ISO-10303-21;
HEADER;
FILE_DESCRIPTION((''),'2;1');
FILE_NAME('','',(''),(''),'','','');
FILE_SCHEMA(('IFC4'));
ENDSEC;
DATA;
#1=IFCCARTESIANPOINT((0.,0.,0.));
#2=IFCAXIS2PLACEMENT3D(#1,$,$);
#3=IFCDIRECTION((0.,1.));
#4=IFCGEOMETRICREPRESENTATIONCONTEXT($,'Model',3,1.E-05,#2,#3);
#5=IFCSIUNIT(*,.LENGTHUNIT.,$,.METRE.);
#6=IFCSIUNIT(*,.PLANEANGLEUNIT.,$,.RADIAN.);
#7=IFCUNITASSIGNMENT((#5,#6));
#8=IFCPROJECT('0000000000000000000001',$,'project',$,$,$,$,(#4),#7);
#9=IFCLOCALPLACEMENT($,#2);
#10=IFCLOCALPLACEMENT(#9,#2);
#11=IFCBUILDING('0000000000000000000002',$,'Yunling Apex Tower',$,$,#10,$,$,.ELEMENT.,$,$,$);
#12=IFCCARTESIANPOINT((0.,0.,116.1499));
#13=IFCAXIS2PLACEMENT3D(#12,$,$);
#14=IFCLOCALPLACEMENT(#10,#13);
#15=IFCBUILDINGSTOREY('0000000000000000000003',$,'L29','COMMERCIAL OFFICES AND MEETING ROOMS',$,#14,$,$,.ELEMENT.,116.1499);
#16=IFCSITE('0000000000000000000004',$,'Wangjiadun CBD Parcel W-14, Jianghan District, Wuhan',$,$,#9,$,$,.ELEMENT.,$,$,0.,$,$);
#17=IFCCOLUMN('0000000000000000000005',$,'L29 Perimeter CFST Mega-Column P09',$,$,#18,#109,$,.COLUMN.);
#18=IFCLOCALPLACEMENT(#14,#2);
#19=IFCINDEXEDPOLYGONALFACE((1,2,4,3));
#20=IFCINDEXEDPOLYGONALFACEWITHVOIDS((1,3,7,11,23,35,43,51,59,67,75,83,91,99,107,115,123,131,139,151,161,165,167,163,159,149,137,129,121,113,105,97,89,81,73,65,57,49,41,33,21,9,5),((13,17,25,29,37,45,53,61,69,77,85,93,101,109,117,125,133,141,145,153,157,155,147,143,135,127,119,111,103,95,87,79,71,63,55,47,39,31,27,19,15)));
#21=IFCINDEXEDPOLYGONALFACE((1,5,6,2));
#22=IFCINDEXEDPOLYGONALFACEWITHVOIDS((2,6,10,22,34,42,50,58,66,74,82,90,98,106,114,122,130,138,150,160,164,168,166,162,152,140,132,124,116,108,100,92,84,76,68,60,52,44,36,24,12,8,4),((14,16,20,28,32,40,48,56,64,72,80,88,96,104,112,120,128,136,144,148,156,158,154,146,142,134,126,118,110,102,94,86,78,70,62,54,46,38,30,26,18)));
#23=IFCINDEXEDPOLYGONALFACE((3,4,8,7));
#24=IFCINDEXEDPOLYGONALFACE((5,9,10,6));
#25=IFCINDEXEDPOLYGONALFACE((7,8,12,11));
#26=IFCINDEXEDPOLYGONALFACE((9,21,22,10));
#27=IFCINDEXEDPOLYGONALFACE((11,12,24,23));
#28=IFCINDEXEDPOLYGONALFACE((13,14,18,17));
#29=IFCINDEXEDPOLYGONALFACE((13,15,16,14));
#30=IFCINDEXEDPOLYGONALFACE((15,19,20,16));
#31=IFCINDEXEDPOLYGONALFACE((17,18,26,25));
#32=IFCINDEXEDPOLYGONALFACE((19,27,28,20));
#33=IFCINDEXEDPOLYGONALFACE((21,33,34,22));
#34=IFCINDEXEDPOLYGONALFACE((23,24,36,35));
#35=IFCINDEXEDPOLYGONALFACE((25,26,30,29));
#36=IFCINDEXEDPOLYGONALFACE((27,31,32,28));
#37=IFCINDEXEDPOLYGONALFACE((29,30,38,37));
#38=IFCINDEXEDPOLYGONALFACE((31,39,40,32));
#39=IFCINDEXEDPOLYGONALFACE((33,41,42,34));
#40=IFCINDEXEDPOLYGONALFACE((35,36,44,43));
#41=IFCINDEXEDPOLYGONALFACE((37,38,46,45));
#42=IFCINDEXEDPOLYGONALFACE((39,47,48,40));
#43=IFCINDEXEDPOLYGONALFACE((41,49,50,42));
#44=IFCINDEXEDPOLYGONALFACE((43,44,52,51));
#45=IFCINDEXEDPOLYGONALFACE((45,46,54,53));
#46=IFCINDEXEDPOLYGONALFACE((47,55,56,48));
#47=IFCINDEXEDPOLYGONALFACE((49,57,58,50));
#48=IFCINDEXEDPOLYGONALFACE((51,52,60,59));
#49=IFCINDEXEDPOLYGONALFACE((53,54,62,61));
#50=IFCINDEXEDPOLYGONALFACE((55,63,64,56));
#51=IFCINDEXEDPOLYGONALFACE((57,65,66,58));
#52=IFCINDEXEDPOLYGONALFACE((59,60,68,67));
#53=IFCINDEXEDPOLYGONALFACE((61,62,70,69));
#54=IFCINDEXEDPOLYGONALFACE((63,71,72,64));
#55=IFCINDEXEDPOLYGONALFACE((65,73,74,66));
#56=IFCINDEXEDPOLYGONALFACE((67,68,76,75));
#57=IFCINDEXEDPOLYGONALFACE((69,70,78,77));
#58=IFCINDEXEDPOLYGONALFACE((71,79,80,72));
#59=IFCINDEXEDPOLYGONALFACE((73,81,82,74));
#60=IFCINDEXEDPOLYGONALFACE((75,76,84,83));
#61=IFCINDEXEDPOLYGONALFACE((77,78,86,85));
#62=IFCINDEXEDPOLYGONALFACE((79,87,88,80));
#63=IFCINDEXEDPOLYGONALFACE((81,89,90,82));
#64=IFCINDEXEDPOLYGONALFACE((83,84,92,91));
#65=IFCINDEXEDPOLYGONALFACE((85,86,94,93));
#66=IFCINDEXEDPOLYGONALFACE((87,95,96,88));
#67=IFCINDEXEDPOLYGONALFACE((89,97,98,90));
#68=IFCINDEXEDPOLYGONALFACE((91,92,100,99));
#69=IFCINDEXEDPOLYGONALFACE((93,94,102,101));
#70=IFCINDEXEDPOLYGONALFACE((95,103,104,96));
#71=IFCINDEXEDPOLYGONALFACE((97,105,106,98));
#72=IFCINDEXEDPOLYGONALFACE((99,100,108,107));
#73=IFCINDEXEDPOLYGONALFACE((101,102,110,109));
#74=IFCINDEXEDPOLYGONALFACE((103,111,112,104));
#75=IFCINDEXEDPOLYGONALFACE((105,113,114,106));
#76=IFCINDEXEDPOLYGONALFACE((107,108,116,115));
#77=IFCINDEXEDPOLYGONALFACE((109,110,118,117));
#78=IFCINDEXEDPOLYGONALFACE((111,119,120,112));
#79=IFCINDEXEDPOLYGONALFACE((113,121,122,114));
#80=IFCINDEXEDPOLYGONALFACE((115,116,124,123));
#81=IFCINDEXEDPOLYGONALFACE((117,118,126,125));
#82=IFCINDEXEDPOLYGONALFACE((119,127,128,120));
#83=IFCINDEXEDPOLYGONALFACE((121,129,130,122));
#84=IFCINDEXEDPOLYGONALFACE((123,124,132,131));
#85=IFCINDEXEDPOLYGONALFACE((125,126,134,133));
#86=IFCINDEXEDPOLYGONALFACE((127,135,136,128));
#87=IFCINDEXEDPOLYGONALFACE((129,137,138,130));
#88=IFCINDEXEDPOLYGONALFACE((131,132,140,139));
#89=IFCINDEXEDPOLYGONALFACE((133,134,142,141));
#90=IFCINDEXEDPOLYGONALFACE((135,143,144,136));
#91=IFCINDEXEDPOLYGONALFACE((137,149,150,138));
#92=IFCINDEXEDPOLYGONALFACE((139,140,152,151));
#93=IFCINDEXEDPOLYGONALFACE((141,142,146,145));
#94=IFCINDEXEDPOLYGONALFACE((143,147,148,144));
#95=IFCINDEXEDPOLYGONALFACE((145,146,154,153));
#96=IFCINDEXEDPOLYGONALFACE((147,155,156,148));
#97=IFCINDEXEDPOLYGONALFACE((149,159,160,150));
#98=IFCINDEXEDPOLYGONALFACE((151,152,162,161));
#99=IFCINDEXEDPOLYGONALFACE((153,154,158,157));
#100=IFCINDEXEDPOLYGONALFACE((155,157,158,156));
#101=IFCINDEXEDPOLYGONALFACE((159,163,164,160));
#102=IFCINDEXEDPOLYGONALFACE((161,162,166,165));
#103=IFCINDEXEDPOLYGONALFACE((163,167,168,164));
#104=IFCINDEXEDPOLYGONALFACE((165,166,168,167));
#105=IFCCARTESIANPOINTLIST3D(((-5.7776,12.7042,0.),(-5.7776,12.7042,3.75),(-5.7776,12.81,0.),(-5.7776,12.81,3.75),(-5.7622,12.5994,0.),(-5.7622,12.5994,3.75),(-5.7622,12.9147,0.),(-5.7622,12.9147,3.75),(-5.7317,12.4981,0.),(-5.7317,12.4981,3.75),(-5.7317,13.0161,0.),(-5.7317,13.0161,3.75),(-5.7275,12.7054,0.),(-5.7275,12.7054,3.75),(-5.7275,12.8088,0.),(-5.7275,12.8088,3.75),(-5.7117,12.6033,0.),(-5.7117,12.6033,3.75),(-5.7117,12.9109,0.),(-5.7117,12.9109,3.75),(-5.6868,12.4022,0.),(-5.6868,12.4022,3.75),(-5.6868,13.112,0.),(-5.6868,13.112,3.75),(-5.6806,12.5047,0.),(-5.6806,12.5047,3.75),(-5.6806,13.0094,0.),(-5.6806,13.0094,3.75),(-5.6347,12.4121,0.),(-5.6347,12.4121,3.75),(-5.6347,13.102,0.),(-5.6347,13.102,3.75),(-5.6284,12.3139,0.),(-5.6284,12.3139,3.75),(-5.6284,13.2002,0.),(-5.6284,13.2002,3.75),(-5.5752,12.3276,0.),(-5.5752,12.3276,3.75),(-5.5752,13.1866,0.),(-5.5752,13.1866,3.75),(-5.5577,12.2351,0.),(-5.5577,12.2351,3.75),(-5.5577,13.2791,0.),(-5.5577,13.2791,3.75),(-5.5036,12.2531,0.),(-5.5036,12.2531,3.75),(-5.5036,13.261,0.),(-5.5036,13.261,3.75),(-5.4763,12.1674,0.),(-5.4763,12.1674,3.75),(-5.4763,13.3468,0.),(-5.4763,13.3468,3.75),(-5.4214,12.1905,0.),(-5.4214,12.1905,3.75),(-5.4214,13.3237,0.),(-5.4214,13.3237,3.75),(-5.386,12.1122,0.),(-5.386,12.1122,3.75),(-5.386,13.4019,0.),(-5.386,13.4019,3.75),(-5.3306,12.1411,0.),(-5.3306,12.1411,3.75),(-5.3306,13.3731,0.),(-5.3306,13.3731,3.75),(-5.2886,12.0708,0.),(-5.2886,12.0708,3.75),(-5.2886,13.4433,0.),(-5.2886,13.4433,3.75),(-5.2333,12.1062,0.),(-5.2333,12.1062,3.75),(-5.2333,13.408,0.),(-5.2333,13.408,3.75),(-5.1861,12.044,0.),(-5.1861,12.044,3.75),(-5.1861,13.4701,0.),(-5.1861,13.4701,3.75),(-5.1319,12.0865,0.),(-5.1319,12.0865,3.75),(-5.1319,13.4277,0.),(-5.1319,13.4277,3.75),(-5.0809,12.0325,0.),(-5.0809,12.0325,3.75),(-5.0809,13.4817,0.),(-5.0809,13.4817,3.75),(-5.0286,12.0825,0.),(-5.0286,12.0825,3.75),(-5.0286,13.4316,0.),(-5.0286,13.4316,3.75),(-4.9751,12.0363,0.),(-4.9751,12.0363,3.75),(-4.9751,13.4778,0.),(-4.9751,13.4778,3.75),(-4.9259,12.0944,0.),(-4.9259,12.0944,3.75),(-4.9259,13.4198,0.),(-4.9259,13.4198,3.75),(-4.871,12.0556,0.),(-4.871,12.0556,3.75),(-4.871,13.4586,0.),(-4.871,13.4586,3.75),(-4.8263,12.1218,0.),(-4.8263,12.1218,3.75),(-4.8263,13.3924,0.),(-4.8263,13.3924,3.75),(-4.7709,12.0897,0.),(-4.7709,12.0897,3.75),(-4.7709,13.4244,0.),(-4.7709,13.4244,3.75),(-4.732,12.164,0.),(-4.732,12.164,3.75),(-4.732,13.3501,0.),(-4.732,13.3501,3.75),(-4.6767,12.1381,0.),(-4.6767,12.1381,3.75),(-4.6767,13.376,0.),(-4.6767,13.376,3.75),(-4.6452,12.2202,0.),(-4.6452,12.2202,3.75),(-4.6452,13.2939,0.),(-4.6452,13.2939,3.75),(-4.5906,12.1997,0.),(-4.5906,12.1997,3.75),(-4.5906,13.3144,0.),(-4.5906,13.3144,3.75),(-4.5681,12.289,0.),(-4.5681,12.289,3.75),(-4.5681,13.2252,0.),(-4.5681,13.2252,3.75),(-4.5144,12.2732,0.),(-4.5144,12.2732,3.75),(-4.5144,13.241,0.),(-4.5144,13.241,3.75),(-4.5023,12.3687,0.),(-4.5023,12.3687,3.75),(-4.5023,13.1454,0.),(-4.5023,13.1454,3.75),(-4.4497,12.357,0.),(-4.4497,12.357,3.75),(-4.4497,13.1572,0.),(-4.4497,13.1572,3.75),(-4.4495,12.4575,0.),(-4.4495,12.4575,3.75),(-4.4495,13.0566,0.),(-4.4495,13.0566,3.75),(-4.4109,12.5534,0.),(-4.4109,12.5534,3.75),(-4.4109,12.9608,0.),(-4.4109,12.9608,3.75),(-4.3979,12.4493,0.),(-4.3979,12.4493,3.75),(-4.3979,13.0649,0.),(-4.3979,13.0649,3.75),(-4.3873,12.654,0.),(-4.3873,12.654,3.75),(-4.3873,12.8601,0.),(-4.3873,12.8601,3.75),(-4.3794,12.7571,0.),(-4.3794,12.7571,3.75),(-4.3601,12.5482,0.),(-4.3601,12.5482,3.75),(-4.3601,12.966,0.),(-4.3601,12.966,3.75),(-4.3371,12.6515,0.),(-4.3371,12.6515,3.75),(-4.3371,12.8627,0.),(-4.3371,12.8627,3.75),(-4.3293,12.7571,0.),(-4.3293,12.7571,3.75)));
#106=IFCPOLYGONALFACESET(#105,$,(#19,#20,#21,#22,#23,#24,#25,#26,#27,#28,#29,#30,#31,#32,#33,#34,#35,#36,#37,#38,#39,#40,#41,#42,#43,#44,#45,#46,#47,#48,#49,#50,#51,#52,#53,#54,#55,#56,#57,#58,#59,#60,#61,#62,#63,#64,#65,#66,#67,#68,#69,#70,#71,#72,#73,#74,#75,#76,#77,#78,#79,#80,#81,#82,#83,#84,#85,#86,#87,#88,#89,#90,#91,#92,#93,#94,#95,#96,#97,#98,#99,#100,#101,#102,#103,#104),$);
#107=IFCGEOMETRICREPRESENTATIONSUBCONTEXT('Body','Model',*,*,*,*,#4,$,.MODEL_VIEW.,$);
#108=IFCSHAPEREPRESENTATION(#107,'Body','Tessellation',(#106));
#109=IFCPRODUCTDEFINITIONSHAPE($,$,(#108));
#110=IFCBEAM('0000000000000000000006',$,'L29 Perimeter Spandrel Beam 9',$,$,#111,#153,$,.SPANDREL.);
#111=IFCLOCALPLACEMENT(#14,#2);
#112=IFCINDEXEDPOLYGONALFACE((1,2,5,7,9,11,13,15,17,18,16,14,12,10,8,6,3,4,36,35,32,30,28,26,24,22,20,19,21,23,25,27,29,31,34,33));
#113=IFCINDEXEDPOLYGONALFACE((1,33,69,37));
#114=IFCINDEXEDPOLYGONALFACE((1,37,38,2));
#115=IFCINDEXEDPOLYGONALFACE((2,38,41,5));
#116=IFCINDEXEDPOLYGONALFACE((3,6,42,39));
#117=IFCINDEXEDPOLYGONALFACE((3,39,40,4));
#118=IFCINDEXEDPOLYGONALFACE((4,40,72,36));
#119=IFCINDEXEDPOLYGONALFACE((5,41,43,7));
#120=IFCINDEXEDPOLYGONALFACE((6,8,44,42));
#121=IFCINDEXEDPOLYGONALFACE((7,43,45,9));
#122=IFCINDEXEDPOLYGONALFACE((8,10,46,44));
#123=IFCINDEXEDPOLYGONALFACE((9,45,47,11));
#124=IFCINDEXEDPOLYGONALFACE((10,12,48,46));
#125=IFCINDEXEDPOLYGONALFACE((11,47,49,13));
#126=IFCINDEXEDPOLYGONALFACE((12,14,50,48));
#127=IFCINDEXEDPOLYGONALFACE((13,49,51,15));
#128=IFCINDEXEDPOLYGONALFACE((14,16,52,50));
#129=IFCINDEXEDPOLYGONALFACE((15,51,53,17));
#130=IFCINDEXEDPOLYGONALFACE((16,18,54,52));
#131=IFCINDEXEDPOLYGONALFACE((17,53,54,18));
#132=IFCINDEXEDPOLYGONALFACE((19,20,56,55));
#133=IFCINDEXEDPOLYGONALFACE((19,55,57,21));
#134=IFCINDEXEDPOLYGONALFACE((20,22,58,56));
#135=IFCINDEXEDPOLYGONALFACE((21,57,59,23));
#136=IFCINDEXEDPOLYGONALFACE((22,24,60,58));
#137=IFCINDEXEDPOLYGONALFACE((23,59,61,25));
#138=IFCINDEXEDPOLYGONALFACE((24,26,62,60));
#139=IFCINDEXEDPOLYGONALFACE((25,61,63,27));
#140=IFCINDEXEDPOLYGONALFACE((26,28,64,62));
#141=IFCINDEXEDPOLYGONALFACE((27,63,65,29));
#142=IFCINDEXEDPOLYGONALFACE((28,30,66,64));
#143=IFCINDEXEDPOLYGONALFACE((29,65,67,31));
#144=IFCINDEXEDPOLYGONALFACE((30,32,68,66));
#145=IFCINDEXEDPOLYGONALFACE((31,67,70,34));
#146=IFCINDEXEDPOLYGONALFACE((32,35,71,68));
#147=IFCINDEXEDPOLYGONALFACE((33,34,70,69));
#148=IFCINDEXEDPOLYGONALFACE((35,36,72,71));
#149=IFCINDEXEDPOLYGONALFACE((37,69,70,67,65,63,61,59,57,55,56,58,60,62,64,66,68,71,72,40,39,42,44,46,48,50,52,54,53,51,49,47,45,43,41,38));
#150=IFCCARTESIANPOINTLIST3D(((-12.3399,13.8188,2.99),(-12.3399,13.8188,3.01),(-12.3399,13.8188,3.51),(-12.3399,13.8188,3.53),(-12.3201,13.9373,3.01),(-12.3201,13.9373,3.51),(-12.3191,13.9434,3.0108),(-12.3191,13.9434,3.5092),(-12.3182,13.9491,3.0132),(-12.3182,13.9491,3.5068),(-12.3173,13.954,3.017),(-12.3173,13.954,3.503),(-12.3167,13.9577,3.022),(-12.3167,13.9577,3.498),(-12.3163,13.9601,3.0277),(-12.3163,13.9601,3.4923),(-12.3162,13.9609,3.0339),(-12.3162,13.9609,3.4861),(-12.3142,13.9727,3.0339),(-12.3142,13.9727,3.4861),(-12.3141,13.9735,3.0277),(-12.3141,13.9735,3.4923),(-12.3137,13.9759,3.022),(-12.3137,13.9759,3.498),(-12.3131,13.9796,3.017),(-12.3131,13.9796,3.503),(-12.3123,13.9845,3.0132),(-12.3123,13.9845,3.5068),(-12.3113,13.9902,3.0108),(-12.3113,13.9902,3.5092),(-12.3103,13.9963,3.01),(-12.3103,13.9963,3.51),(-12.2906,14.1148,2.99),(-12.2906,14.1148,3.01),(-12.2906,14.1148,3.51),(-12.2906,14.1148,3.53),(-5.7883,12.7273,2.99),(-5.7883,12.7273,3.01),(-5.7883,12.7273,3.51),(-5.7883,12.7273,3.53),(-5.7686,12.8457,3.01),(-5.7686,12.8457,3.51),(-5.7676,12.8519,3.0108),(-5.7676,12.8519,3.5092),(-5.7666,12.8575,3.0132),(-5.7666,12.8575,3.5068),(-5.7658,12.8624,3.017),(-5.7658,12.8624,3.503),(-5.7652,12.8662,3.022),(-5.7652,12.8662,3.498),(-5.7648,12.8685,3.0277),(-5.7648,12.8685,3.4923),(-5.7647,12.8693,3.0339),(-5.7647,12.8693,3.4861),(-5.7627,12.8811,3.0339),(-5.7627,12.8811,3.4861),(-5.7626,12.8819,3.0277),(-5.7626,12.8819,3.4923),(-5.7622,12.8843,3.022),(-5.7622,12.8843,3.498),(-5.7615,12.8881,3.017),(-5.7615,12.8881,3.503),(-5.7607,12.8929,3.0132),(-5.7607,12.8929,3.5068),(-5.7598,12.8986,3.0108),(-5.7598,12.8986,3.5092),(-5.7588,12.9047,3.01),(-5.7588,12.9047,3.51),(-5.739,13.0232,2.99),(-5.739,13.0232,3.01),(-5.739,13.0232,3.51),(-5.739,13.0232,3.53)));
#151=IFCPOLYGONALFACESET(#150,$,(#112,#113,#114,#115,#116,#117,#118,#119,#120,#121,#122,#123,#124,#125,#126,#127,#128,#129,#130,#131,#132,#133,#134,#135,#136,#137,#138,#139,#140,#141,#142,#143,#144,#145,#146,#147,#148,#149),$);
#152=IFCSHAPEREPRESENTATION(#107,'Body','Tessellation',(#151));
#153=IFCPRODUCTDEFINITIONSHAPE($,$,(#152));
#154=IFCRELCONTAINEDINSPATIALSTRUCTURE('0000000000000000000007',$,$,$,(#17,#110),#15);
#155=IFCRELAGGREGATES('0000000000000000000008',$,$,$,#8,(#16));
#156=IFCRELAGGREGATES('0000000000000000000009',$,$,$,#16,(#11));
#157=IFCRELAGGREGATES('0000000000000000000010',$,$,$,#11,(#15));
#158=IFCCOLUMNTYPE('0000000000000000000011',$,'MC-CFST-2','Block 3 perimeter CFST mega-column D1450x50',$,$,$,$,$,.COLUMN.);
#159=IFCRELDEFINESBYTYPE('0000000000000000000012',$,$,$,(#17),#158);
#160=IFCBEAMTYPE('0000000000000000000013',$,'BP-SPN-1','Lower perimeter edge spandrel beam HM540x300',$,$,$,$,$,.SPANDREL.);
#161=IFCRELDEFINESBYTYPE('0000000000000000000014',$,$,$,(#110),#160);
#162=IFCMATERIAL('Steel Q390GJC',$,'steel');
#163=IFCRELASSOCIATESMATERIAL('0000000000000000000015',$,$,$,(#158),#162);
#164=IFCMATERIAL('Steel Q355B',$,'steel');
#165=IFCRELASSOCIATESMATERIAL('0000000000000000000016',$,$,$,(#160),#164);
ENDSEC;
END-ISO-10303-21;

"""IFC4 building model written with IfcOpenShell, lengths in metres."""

from ifc_helpers import new_model, si_unit, direction, frame, origin, origin_2d, place, context, subcontext, project, spatial, hollow_circle, i_section, extrude, source, transform, mapped, material, material_profile, profile_set, type_object, element, save


model = new_model("IFC4")

# Units and contexts
model_context = context("Model", 3, precision=1e-05, world=origin(), true_north=direction((0.0, 1.0)))
body_context = subcontext(model_context, "Body", "Model", "MODEL_VIEW")
ifc_project = project(units=[si_unit("LENGTHUNIT", "METRE"), si_unit("PLANEANGLEUNIT", "RADIAN")], contexts=[model_context])

# Site, building, storey
site_placement = place(None, origin())
site = spatial("IfcSite", under=ifc_project, at=site_placement, Name="Wangjiadun CBD Parcel W-14, Jianghan District, Wuhan", CompositionType="ELEMENT", RefElevation=0.0)
building_placement = place(site_placement, origin())
building = spatial("IfcBuilding", under=site, at=building_placement, Name="Yunling Apex Tower", CompositionType="ELEMENT")
storey_placement = place(building_placement, frame((0.0, 0.0, 116.1499)))
storey = spatial("IfcBuildingStorey", under=building, at=storey_placement, Name="L29", Description="COMMERCIAL OFFICES AND MEETING ROOMS", CompositionType="ELEMENT", Elevation=116.1499)

# Column
ifc_material_1 = material(Name="Steel Q390GJC", Category="steel")
ifc_material_profile_1 = material_profile(ifc_material_1, hollow_circle(Radius=0.7251, WallThickness=0.05, at=origin_2d()))
ifc_profile_set_1 = profile_set([ifc_material_profile_1], Name="Steel Q390GJC")
column_type = type_object("IfcColumnType", Name="MC-CFST-2", Description="Block 3 perimeter CFST mega-column D1450x50", PredefinedType="COLUMN", material=ifc_profile_set_1)
shared_shape_1 = source(origin(), body_context, "Body", "SweptSolid", [
    extrude(hollow_circle(Radius=0.7251, WallThickness=0.05, at=origin_2d()), origin(), (0.0, 0.0, 1.0), 3.75),
])
column_placement = place(storey_placement, frame((-5.0544, 12.7571, 0.0), z_axis=(0.0, 0.0, 1.0), x_axis=(1.0, 0.0, 0.0)))
element("IfcColumn", 1, at=column_placement, inside=storey, type_object=column_type, Name="L29 Perimeter CFST Mega-Column P09", PredefinedType="COLUMN", context=body_context, shape_type="MappedRepresentation", body=[
    mapped(shared_shape_1, transform((0.0, 0.0, 0.0), scale=1.0)),
])

# Beam
ifc_material_2 = material(Name="Steel Q355B", Category="steel")
ifc_material_profile_2 = material_profile(ifc_material_2, i_section(OverallWidth=0.3, OverallDepth=0.54, WebThickness=0.012, FlangeThickness=0.02, FilletRadius=0.0239, at=origin_2d()))
ifc_profile_set_2 = profile_set([ifc_material_profile_2], Name="Steel Q355B")
beam_type_1 = type_object("IfcBeamType", Name="BP-SPN-1", Description="Lower perimeter edge spandrel beam HM540x300", PredefinedType="SPANDREL", material=ifc_profile_set_2)
shared_shape_2 = source(origin(), body_context, "Body", "SweptSolid", [
    extrude(i_section(OverallWidth=0.3, OverallDepth=0.54, WebThickness=0.012, FlangeThickness=0.02, FilletRadius=0.0239, at=origin_2d()), origin(), (0.0, 0.0, 1.0), 6.6418),
])
beam_1_placement = place(storey_placement, frame((-5.7637, 12.8752, 3.26), z_axis=(-0.986403, 0.164345, 0.0), x_axis=(-0.164345, -0.986403, 0.0)))
element("IfcBeam", 2, at=beam_1_placement, inside=storey, type_object=beam_type_1, Name="L29 Perimeter Spandrel Beam 9", PredefinedType="SPANDREL", context=body_context, shape_type="MappedRepresentation", body=[
    mapped(shared_shape_2, transform((0.0, 0.0, 0.0), scale=1.0)),
])

save(model, "model.ifc")
